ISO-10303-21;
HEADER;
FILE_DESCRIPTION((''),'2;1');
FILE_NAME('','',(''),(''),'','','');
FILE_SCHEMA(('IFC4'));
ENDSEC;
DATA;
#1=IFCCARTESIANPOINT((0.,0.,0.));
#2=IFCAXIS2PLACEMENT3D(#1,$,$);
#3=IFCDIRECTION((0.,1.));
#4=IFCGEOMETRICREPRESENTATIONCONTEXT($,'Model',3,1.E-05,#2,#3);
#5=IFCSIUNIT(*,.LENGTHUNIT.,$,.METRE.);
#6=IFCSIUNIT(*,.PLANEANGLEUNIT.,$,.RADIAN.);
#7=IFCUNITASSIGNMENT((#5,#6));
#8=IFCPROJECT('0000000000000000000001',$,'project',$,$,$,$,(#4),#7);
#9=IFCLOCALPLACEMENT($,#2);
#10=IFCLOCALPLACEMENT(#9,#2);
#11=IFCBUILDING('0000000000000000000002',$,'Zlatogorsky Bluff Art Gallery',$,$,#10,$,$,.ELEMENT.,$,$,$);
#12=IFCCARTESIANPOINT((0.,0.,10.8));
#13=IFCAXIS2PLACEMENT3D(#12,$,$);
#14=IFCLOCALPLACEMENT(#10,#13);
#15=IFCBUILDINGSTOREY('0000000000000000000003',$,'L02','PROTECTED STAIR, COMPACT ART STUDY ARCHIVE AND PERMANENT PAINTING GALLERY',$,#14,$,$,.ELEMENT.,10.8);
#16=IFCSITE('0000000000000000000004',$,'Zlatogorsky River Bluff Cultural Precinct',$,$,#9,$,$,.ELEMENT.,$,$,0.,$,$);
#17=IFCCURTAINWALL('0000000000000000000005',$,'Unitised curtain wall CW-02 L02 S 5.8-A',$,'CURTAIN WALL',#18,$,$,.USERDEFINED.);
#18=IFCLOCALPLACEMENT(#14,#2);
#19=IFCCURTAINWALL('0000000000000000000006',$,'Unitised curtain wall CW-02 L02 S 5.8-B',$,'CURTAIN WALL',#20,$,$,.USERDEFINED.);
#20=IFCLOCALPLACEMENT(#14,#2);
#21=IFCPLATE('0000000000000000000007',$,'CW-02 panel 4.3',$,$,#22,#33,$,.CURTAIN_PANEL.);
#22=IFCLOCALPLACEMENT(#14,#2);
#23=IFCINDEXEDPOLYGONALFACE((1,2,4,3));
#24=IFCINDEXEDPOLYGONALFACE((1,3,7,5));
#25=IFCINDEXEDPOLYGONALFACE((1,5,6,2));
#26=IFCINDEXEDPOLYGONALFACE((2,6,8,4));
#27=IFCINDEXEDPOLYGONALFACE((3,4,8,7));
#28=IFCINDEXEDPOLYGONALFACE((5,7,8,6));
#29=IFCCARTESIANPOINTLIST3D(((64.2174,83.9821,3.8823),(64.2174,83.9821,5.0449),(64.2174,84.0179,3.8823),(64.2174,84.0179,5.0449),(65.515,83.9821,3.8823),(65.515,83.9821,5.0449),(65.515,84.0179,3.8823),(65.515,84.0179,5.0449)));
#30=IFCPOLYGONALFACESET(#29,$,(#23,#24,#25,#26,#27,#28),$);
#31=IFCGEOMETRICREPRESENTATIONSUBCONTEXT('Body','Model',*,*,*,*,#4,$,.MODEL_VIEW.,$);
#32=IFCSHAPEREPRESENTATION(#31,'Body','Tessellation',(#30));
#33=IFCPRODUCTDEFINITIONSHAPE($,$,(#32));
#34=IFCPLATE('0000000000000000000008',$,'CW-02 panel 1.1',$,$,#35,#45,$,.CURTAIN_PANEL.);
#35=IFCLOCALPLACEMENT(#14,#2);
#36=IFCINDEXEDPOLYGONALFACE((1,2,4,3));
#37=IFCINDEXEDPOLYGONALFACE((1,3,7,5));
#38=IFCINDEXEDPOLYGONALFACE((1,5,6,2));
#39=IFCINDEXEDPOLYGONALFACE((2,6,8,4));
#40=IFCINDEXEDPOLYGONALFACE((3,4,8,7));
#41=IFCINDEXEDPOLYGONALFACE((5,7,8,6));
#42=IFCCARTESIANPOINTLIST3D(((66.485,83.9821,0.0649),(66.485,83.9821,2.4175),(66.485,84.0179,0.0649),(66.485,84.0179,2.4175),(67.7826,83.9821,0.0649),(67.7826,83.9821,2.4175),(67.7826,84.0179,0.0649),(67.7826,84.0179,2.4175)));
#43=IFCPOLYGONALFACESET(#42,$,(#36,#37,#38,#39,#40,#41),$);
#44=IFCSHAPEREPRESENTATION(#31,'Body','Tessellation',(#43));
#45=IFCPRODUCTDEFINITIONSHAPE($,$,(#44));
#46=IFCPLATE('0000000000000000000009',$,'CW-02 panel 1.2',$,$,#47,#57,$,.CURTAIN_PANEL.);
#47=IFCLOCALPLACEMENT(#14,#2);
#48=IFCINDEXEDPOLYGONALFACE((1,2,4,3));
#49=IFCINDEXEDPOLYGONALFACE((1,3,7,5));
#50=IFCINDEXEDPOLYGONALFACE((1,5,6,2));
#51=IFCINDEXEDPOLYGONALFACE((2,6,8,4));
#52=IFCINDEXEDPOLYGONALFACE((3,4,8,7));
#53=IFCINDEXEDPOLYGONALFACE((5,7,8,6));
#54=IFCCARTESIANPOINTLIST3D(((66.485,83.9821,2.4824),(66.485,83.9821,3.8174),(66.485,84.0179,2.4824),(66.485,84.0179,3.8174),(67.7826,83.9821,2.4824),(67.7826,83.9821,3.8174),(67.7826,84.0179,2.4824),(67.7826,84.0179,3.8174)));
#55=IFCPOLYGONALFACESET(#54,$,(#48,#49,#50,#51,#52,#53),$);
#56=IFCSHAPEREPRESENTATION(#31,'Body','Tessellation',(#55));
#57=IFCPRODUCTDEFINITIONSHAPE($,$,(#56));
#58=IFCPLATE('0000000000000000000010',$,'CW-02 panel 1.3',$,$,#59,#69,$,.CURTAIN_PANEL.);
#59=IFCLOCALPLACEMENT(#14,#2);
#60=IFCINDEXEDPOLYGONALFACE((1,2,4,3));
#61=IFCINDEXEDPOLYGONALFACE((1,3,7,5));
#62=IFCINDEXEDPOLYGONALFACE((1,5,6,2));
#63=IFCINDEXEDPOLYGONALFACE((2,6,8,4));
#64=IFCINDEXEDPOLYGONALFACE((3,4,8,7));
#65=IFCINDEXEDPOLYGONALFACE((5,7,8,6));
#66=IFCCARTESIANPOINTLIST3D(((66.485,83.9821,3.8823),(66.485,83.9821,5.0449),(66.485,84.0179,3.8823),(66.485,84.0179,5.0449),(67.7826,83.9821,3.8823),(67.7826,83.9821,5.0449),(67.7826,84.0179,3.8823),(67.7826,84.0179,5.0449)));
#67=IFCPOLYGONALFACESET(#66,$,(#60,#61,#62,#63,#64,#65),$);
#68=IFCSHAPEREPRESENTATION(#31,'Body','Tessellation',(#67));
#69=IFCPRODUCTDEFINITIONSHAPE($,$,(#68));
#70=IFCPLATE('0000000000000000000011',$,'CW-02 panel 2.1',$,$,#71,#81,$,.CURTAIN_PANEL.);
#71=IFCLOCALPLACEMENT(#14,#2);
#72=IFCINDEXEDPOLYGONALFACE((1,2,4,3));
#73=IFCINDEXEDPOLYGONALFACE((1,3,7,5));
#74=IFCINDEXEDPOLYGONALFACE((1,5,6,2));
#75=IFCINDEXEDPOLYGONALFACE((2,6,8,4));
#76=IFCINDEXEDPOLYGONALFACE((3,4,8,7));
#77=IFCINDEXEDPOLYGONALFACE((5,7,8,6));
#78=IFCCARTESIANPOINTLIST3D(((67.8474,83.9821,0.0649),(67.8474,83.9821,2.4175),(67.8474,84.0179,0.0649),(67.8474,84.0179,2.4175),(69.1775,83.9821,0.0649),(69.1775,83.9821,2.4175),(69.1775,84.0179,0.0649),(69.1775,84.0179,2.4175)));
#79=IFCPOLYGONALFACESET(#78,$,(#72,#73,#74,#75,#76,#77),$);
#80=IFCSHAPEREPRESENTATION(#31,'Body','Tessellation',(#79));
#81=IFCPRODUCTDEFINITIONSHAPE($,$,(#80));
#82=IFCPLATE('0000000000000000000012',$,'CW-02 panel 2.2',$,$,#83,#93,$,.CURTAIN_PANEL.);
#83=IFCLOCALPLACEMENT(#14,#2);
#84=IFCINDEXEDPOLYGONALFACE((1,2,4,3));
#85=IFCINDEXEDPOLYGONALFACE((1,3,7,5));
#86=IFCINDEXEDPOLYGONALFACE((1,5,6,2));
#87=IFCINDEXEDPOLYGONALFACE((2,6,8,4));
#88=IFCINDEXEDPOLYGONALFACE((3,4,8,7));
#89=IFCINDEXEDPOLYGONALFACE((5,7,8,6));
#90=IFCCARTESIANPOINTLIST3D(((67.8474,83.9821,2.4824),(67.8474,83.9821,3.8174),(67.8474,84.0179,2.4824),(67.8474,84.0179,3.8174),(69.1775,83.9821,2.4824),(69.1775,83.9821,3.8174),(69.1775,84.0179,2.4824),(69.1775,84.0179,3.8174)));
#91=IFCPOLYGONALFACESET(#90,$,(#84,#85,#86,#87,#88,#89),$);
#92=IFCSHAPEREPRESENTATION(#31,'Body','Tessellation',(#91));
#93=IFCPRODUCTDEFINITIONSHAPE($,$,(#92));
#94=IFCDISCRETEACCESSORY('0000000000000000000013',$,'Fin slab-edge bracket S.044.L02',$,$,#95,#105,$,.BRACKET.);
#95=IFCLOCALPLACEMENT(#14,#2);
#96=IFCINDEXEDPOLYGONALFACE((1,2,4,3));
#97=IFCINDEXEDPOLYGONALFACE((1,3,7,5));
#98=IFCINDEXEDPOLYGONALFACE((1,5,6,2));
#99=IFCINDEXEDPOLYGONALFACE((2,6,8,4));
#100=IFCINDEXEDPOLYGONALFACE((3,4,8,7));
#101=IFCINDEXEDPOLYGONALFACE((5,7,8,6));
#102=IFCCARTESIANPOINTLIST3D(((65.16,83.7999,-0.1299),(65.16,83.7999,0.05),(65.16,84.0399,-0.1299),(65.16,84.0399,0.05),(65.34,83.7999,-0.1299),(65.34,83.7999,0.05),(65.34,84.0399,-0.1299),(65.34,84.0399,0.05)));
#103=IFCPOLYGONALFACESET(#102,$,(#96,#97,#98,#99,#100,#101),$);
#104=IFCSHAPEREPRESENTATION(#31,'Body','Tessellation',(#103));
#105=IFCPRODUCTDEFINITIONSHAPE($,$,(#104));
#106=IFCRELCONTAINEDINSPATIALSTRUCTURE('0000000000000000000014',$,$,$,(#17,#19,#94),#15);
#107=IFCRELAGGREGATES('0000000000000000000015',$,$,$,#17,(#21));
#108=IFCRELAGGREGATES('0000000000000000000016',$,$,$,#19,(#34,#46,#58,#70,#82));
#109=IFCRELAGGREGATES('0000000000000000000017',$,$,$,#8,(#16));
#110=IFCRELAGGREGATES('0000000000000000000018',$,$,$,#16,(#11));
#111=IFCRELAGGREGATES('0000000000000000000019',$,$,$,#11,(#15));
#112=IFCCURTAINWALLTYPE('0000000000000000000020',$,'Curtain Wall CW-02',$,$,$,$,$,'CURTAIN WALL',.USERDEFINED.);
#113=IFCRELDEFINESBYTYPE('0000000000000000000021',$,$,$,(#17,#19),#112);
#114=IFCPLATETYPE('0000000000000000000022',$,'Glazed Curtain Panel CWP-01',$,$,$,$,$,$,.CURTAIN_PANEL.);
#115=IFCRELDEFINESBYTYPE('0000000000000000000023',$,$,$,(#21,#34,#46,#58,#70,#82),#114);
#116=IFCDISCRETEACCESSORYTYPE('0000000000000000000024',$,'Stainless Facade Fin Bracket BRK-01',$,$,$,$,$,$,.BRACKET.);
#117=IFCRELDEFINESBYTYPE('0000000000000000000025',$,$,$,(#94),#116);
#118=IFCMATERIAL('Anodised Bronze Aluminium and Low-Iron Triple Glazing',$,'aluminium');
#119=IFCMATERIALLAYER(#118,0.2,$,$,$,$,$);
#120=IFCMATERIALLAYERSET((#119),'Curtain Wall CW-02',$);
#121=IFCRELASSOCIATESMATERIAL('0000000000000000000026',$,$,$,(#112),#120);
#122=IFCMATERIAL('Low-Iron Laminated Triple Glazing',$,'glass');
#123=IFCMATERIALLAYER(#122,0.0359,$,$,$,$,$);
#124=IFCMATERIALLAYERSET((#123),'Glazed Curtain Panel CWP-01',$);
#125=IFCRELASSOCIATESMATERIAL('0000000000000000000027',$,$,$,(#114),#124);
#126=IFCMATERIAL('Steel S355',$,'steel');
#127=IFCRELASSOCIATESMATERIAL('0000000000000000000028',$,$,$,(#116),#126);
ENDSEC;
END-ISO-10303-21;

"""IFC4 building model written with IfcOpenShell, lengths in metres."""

from ifc_helpers import new_model, si_unit, direction, frame, origin, origin_2d, place, context, subcontext, project, spatial, rectangle, extrude, material, layer, layer_set, type_object, element, aggregate, save


model = new_model("IFC4")

# Units and contexts
model_context = context("Model", 3, precision=1e-05, world=origin(), true_north=direction((0.0, 1.0)))
body_context = subcontext(model_context, "Body", "Model", "MODEL_VIEW")
ifc_project = project(units=[si_unit("LENGTHUNIT", "METRE"), si_unit("PLANEANGLEUNIT", "RADIAN")], contexts=[model_context])

# Site, building, storey
site_placement = place(None, origin())
site = spatial("IfcSite", under=ifc_project, at=site_placement, Name="Zlatogorsky River Bluff Cultural Precinct", CompositionType="ELEMENT", RefElevation=0.0)
building_placement = place(site_placement, origin())
building = spatial("IfcBuilding", under=site, at=building_placement, Name="Zlatogorsky Bluff Art Gallery", CompositionType="ELEMENT")
storey_placement = place(building_placement, frame((0.0, 0.0, 10.8)))
storey = spatial("IfcBuildingStorey", under=building, at=storey_placement, Name="L02", Description="PROTECTED STAIR, COMPACT ART STUDY ARCHIVE AND PERMANENT PAINTING GALLERY", CompositionType="ELEMENT", Elevation=10.8)

# Curtain wall
ifc_material_1 = material(Name="Anodised Bronze Aluminium and Low-Iron Triple Glazing", Category="aluminium")
ifc_layer_1 = layer(ifc_material_1, 0.2)
ifc_layer_set_1 = layer_set([ifc_layer_1], Name="Curtain Wall CW-02")
curtain_wall_type = type_object("IfcCurtainWallType", Name="Curtain Wall CW-02", ElementType="CURTAIN WALL", PredefinedType="USERDEFINED", material=ifc_layer_set_1)
curtain_wall_1_placement = place(storey_placement, origin())
curtain_wall_1 = element("IfcCurtainWall", 1, at=curtain_wall_1_placement, inside=storey, type_object=curtain_wall_type, Name="Unitised curtain wall CW-02 L02 S 5.8-A", ObjectType="CURTAIN WALL", PredefinedType="USERDEFINED")

# Curtain wall
curtain_wall_2_placement = place(storey_placement, origin())
curtain_wall_2 = element("IfcCurtainWall", 2, at=curtain_wall_2_placement, inside=storey, type_object=curtain_wall_type, Name="Unitised curtain wall CW-02 L02 S 5.8-B", ObjectType="CURTAIN WALL", PredefinedType="USERDEFINED")

# Plates
ifc_material_2 = material(Name="Low-Iron Laminated Triple Glazing", Category="glass")
ifc_layer_2 = layer(ifc_material_2, 0.0359)
ifc_layer_set_2 = layer_set([ifc_layer_2], Name="Glazed Curtain Panel CWP-01")
plate_type = type_object("IfcPlateType", Name="Glazed Curtain Panel CWP-01", PredefinedType="CURTAIN_PANEL", material=ifc_layer_set_2)
plate_1_placement = place(storey_placement, frame((64.8662, 84.0, 3.8823), z_axis=(0.0, 0.0, 1.0), x_axis=(1.0, 0.0, 0.0)))
plate_1 = element("IfcPlate", 3, at=plate_1_placement, type_object=plate_type, Name="CW-02 panel 4.3", PredefinedType="CURTAIN_PANEL", context=body_context, shape_type="SweptSolid", body=[
    extrude(rectangle(XDim=1.2976, YDim=0.0359, at=origin_2d()), origin(), (0.0, 0.0, 1.0), 1.1626),
])
aggregate(curtain_wall_1, [plate_1])
plate_2_placement = place(storey_placement, frame((67.1338, 84.0, 0.0649), z_axis=(0.0, 0.0, 1.0), x_axis=(1.0, 0.0, 0.0)))
plate_2 = element("IfcPlate", 4, at=plate_2_placement, type_object=plate_type, Name="CW-02 panel 1.1", PredefinedType="CURTAIN_PANEL", context=body_context, shape_type="SweptSolid", body=[
    extrude(rectangle(XDim=1.2976, YDim=0.0359, at=origin_2d()), origin(), (0.0, 0.0, 1.0), 2.3525),
])
plate_3_placement = place(storey_placement, frame((67.1338, 84.0, 2.4824), z_axis=(0.0, 0.0, 1.0), x_axis=(1.0, 0.0, 0.0)))
plate_3 = element("IfcPlate", 5, at=plate_3_placement, type_object=plate_type, Name="CW-02 panel 1.2", PredefinedType="CURTAIN_PANEL", context=body_context, shape_type="SweptSolid", body=[
    extrude(rectangle(XDim=1.2976, YDim=0.0359, at=origin_2d()), origin(), (0.0, 0.0, 1.0), 1.335),
])
plate_4_placement = place(storey_placement, frame((67.1338, 84.0, 3.8823), z_axis=(0.0, 0.0, 1.0), x_axis=(1.0, 0.0, 0.0)))
plate_4 = element("IfcPlate", 6, at=plate_4_placement, type_object=plate_type, Name="CW-02 panel 1.3", PredefinedType="CURTAIN_PANEL", context=body_context, shape_type="SweptSolid", body=[
    extrude(rectangle(XDim=1.2976, YDim=0.0359, at=origin_2d()), origin(), (0.0, 0.0, 1.0), 1.1626),
])
plate_5_placement = place(storey_placement, frame((68.5125, 84.0, 0.0649), z_axis=(0.0, 0.0, 1.0), x_axis=(1.0, 0.0, 0.0)))
plate_5 = element("IfcPlate", 7, at=plate_5_placement, type_object=plate_type, Name="CW-02 panel 2.1", PredefinedType="CURTAIN_PANEL", context=body_context, shape_type="SweptSolid", body=[
    extrude(rectangle(XDim=1.3301, YDim=0.0359, at=origin_2d()), origin(), (0.0, 0.0, 1.0), 2.3525),
])
plate_6_placement = place(storey_placement, frame((68.5125, 84.0, 2.4824), z_axis=(0.0, 0.0, 1.0), x_axis=(1.0, 0.0, 0.0)))
plate_6 = element("IfcPlate", 8, at=plate_6_placement, type_object=plate_type, Name="CW-02 panel 2.2", PredefinedType="CURTAIN_PANEL", context=body_context, shape_type="SweptSolid", body=[
    extrude(rectangle(XDim=1.3301, YDim=0.0359, at=origin_2d()), origin(), (0.0, 0.0, 1.0), 1.335),
])
aggregate(curtain_wall_2, [plate_2, plate_3, plate_4, plate_5, plate_6])

# Discrete accessory
ifc_material_3 = material(Name="Steel S355", Category="steel")
discrete_accessory_type = type_object("IfcDiscreteAccessoryType", Name="Stainless Facade Fin Bracket BRK-01", PredefinedType="BRACKET", material=ifc_material_3)
discrete_accessory_placement = place(storey_placement, frame((65.25, 83.9199, -0.1299), z_axis=(0.0, 0.0, 1.0), x_axis=(1.0, 0.0, 0.0)))
element("IfcDiscreteAccessory", 9, at=discrete_accessory_placement, inside=storey, type_object=discrete_accessory_type, Name="Fin slab-edge bracket S.044.L02", PredefinedType="BRACKET", context=body_context, shape_type="SweptSolid", body=[
    extrude(rectangle(XDim=0.1799, YDim=0.24, at=origin_2d()), origin(), (0.0, 0.0, 1.0), 0.1799),
])

save(model, "model.ifc")
